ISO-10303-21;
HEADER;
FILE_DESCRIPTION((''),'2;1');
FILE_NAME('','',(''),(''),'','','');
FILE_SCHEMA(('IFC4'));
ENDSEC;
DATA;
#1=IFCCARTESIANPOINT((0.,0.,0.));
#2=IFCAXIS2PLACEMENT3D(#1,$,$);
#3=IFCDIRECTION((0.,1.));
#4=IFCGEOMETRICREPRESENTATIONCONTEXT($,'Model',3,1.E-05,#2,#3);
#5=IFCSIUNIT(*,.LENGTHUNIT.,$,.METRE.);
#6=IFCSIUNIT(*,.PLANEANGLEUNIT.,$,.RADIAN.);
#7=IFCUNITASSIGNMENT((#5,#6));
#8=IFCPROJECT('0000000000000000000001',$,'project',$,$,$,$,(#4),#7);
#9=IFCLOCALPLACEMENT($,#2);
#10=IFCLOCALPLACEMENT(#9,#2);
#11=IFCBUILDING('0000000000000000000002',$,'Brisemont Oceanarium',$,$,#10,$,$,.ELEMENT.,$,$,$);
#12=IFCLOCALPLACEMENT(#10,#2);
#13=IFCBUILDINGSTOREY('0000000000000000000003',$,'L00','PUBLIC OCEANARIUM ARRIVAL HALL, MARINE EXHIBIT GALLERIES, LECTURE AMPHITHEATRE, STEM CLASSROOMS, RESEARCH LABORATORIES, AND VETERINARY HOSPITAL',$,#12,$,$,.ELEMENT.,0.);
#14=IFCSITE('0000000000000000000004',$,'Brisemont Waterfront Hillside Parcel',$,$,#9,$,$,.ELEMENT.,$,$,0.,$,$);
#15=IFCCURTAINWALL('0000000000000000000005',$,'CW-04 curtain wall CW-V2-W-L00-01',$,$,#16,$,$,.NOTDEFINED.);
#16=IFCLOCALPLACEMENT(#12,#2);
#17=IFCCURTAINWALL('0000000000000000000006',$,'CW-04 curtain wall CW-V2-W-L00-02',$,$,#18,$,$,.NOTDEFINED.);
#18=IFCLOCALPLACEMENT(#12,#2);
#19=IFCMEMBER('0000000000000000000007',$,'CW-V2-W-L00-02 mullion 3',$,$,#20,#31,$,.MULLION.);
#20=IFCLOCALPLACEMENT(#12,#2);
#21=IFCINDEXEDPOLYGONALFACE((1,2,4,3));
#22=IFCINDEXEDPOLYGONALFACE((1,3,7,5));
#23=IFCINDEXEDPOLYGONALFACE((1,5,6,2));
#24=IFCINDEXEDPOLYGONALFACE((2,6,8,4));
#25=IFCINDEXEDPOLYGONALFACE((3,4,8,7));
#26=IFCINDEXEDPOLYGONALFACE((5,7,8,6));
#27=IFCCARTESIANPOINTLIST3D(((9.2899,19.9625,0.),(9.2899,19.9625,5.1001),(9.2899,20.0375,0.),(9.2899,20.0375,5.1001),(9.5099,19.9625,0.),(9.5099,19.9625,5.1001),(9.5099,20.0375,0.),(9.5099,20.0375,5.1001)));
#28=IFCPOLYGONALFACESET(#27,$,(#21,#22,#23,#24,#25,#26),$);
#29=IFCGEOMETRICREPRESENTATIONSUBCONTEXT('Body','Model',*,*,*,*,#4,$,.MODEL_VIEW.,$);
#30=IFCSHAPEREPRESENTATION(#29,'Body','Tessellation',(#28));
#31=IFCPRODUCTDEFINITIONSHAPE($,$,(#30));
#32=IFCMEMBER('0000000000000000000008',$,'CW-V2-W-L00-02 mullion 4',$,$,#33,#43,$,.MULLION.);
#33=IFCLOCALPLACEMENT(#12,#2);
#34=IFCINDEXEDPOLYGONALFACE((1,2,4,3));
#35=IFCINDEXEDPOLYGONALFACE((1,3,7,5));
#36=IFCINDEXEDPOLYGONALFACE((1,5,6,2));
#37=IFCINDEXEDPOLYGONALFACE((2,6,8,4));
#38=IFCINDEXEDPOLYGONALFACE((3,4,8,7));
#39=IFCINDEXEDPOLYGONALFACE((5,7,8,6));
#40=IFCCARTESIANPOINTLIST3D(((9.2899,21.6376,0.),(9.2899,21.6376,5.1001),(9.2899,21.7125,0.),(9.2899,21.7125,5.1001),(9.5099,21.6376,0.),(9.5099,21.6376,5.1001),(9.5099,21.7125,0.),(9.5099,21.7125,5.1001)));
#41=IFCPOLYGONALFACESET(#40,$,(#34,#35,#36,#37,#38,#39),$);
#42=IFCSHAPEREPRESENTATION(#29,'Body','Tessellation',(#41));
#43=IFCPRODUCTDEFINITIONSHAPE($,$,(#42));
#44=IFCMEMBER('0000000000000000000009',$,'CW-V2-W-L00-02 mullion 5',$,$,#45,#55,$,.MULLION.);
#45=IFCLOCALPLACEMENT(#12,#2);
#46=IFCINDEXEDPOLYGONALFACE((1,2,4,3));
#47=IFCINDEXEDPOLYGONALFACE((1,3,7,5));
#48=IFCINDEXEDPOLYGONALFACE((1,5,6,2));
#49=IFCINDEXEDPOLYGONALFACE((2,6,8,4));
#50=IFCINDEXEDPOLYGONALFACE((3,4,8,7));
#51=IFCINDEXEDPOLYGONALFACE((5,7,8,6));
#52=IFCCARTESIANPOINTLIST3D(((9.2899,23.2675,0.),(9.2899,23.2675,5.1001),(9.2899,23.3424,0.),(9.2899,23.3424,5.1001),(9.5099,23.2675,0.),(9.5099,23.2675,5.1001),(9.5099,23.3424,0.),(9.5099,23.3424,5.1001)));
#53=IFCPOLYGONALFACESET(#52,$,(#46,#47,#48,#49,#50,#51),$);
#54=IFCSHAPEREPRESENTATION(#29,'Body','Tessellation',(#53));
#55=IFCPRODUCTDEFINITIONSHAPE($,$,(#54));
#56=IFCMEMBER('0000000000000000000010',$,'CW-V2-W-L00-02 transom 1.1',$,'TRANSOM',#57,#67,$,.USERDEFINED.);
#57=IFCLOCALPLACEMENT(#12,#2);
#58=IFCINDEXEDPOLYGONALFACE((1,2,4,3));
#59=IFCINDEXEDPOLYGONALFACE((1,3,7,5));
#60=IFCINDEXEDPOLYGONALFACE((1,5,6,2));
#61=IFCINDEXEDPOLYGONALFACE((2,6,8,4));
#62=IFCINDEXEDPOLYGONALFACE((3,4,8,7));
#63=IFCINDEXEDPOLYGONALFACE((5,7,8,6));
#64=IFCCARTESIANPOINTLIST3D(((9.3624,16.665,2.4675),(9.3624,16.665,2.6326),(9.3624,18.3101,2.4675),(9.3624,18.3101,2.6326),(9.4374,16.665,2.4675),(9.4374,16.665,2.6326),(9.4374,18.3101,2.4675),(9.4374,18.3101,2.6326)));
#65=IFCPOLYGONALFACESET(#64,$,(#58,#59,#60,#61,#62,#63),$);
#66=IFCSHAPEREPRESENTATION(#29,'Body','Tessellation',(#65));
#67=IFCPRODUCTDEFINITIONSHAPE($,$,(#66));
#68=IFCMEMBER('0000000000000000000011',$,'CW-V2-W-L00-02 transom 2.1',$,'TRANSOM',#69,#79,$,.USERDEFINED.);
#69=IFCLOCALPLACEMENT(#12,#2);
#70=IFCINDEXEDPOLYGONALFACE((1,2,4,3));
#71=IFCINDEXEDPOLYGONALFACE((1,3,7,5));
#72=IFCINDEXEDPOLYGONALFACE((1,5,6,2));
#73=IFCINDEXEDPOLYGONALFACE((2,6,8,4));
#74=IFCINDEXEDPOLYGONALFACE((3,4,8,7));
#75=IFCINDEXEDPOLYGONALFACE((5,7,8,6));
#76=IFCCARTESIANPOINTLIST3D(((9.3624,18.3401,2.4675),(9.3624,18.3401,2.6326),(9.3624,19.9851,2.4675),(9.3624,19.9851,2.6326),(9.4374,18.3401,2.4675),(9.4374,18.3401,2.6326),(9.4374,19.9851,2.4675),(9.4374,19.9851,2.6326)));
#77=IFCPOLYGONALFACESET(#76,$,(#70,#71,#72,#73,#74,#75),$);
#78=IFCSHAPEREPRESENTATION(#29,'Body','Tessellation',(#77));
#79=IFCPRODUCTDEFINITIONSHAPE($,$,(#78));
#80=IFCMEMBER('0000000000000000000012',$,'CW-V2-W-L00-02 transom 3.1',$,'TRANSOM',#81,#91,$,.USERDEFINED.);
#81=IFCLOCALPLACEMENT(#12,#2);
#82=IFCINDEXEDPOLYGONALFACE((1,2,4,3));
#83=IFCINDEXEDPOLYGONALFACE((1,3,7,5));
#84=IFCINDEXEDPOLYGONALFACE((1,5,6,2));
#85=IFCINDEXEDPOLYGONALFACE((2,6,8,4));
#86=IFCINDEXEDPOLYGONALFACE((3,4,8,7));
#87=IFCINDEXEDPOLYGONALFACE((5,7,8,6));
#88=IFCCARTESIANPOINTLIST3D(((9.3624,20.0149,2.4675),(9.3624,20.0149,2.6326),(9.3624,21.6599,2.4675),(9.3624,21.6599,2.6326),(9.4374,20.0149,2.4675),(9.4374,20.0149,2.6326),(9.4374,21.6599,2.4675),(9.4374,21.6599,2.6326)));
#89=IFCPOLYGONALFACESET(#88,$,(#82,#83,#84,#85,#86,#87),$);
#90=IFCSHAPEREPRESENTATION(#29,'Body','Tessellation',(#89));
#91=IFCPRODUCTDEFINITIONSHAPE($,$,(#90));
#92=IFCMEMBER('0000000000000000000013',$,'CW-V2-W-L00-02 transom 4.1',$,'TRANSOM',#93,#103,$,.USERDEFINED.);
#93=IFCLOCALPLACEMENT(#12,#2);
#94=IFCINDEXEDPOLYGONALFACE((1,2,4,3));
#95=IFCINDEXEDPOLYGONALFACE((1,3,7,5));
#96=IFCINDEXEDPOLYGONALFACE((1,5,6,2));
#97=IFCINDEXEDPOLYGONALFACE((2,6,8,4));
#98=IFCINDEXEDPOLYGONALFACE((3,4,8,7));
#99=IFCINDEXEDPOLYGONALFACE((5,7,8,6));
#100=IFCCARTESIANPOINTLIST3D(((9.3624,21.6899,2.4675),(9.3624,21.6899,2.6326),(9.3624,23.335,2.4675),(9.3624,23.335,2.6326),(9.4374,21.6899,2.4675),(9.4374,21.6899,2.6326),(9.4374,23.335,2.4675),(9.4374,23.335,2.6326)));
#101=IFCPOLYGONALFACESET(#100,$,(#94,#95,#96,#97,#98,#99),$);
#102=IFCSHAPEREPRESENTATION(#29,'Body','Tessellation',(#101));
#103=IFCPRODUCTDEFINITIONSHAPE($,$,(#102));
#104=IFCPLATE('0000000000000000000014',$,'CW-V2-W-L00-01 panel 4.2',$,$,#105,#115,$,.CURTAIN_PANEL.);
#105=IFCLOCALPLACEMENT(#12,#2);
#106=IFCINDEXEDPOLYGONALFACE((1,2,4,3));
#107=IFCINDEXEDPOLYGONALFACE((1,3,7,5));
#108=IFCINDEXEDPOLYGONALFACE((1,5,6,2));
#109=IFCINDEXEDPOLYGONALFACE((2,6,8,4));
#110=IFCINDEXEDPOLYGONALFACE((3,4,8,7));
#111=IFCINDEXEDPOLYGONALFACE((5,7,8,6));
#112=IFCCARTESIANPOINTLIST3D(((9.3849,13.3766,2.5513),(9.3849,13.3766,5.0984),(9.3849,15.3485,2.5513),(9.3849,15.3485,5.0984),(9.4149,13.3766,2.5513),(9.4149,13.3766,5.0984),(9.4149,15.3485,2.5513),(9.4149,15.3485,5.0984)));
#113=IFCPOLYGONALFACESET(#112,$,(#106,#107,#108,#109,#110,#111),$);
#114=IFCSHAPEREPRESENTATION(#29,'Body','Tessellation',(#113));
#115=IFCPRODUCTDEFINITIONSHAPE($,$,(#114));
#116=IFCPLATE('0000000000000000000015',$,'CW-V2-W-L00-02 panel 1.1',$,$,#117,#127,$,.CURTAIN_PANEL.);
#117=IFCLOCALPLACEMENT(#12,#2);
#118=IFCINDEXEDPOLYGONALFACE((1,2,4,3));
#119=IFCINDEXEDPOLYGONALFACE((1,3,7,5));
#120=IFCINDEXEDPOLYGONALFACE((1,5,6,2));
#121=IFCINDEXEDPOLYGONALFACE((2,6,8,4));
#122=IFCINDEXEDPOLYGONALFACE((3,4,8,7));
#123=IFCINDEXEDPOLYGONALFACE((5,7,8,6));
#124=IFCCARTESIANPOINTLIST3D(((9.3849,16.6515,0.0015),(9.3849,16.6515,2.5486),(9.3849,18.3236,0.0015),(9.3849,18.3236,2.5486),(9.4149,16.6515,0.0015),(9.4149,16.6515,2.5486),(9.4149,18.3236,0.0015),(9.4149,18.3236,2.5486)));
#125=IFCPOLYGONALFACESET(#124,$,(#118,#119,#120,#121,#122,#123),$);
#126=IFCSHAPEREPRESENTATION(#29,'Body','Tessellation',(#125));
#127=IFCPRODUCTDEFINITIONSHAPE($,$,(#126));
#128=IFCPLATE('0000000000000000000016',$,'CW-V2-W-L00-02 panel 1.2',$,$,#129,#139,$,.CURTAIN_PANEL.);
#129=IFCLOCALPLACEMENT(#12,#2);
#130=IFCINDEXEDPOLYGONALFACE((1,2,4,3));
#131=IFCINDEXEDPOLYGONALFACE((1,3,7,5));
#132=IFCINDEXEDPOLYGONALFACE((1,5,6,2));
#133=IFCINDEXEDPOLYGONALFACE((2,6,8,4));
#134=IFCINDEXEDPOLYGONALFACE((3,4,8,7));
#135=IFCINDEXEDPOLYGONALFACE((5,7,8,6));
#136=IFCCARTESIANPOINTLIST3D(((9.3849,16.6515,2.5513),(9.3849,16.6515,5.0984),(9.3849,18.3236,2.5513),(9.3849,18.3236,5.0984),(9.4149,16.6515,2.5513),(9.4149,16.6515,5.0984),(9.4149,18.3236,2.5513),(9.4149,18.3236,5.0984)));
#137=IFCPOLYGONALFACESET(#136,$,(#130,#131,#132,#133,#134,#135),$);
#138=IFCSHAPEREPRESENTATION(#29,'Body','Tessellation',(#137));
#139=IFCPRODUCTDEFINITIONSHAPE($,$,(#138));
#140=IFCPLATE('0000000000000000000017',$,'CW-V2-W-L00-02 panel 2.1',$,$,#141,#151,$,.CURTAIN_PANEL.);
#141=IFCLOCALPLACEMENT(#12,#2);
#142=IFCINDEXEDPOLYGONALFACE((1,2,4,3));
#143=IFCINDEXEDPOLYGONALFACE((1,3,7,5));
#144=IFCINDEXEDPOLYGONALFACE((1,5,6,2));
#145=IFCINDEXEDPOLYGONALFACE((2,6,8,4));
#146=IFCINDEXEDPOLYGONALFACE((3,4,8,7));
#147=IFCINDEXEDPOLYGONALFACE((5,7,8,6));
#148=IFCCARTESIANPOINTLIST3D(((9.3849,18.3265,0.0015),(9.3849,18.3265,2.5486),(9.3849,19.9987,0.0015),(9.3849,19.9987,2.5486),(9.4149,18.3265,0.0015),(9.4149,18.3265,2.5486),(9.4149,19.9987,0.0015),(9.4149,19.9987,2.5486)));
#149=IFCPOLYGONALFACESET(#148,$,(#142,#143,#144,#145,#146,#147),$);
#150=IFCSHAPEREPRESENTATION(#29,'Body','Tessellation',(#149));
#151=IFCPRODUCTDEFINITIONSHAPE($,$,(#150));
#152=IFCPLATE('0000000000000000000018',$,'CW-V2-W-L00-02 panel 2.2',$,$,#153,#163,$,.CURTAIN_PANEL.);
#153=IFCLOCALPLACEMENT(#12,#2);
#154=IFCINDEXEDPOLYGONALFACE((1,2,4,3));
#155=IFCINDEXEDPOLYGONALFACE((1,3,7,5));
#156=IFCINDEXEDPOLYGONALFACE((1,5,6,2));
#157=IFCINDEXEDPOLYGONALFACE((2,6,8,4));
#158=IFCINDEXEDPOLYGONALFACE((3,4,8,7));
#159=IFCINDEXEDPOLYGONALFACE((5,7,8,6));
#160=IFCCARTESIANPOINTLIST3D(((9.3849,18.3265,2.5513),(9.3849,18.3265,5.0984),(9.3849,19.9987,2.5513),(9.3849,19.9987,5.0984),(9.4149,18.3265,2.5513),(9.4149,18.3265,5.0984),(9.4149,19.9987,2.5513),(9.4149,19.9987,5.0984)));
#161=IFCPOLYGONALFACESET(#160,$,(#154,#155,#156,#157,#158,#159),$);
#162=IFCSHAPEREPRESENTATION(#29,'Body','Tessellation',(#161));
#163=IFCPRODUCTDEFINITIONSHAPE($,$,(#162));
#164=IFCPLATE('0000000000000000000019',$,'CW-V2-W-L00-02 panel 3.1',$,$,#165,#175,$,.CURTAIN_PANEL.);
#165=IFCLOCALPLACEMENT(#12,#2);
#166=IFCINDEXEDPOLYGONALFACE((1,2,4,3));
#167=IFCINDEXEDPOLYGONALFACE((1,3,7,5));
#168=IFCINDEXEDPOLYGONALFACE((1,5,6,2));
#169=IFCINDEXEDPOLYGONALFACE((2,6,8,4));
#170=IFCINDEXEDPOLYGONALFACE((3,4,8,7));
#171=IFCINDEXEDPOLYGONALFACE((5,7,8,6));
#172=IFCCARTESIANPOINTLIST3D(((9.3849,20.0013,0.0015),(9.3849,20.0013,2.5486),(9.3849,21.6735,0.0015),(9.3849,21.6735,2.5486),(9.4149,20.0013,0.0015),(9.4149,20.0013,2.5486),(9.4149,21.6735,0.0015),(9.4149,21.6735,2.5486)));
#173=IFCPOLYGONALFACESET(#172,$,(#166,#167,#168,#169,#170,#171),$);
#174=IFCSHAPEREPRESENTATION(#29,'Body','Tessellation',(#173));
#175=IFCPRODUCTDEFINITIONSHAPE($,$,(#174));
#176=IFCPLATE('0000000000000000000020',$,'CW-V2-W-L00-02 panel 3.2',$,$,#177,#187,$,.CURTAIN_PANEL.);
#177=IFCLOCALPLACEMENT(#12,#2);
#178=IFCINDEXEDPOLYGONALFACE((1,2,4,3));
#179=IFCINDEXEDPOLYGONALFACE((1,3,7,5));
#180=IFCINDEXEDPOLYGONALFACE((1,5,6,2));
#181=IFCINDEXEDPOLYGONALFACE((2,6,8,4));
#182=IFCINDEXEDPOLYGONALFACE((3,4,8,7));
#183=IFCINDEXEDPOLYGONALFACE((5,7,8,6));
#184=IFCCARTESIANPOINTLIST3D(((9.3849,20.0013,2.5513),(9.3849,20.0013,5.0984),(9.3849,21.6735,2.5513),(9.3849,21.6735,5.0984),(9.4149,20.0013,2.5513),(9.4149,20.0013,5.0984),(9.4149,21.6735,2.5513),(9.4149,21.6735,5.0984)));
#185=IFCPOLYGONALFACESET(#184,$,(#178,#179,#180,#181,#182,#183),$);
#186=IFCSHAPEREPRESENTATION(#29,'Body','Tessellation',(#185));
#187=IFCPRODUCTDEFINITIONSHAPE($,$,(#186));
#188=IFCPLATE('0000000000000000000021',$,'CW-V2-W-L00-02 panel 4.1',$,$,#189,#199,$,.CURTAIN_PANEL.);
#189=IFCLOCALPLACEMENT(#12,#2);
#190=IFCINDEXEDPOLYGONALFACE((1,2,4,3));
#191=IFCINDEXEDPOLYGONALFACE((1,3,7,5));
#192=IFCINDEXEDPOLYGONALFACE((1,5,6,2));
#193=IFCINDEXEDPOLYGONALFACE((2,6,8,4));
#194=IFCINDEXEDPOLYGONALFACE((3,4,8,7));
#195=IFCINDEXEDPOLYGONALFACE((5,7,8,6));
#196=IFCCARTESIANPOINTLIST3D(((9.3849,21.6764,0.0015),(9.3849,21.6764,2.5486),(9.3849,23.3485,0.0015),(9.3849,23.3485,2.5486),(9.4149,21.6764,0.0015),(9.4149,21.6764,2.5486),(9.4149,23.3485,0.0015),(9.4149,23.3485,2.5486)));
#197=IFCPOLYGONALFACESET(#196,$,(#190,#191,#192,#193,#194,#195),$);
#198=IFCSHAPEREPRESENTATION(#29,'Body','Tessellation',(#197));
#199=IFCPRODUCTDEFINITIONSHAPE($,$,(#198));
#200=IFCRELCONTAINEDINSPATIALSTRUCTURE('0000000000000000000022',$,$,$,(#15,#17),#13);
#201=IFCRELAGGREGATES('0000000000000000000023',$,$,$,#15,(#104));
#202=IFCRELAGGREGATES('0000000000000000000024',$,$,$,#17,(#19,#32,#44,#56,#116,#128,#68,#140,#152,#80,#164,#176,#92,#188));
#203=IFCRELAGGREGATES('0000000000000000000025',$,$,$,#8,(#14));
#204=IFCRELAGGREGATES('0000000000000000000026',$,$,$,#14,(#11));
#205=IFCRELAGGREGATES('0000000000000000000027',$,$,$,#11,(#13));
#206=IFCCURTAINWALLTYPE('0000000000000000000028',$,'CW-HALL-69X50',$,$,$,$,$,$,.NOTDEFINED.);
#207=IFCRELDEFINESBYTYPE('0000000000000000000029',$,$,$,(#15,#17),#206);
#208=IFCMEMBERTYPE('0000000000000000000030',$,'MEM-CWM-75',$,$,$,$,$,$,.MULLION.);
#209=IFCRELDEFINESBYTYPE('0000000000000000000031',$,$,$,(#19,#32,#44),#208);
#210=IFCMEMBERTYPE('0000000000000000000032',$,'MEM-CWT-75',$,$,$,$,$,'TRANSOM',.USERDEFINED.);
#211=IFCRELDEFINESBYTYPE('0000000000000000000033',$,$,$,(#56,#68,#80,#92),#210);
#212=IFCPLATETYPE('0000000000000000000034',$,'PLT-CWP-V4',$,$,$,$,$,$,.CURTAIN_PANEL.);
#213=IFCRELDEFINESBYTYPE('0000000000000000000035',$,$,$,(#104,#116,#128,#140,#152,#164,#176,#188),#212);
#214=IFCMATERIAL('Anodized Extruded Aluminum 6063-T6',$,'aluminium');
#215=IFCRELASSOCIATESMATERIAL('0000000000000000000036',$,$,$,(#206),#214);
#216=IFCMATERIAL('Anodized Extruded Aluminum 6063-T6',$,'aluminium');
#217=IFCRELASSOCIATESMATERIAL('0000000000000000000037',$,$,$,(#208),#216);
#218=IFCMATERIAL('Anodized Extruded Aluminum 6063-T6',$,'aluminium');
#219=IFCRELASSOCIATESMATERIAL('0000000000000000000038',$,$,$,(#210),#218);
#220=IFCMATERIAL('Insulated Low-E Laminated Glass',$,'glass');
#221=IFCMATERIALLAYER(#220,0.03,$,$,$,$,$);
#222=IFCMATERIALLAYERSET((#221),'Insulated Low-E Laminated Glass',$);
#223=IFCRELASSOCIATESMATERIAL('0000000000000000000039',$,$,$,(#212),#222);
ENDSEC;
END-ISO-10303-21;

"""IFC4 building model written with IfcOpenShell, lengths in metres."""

from ifc_helpers import new_model, si_unit, direction, frame, origin, origin_2d, place, context, subcontext, project, spatial, rectangle, extrude, material, layer, layer_set, material_profile, profile_set, type_object, element, aggregate, save


model = new_model("IFC4")

# Units and contexts
model_context = context("Model", 3, precision=1e-05, world=origin(), true_north=direction((0.0, 1.0)))
body_context = subcontext(model_context, "Body", "Model", "MODEL_VIEW")
ifc_project = project(units=[si_unit("LENGTHUNIT", "METRE"), si_unit("PLANEANGLEUNIT", "RADIAN")], contexts=[model_context])

# Site, building, storey
site_placement = place(None, origin())
site = spatial("IfcSite", under=ifc_project, at=site_placement, Name="Brisemont Waterfront Hillside Parcel", CompositionType="ELEMENT", RefElevation=0.0)
building_placement = place(site_placement, origin())
building = spatial("IfcBuilding", under=site, at=building_placement, Name="Brisemont Oceanarium", CompositionType="ELEMENT")
storey_placement = place(building_placement, origin())
storey = spatial("IfcBuildingStorey", under=building, at=storey_placement, Name="L00", Description="PUBLIC OCEANARIUM ARRIVAL HALL, MARINE EXHIBIT GALLERIES, LECTURE AMPHITHEATRE, STEM CLASSROOMS, RESEARCH LABORATORIES, AND VETERINARY HOSPITAL", CompositionType="ELEMENT", Elevation=0.0)

# Curtain wall
ifc_material_1 = material(Name="Anodized Extruded Aluminum 6063-T6", Category="aluminium")
curtain_wall_type = type_object("IfcCurtainWallType", Name="CW-HALL-69X50", PredefinedType="NOTDEFINED", material=ifc_material_1)
curtain_wall_1_placement = place(storey_placement, origin())
curtain_wall_1 = element("IfcCurtainWall", 1, at=curtain_wall_1_placement, inside=storey, type_object=curtain_wall_type, Name="CW-04 curtain wall CW-V2-W-L00-01", PredefinedType="NOTDEFINED")
ifc_material_2 = material(Name="Anodized Extruded Aluminum 6063-T6", Category="aluminium")
ifc_material_profile_1 = material_profile(ifc_material_2, rectangle(XDim=0.075, YDim=0.22, at=origin_2d()), Name="CWM-75X220")
ifc_profile_set_1 = profile_set([ifc_material_profile_1], Name="Anodized Extruded Aluminum 6063-T6")
member_type_1 = type_object("IfcMemberType", Name="MEM-CWM-75", PredefinedType="MULLION", material=ifc_profile_set_1)

# Curtain wall, members
curtain_wall_2_placement = place(storey_placement, origin())
curtain_wall_2 = element("IfcCurtainWall", 2, at=curtain_wall_2_placement, inside=storey, type_object=curtain_wall_type, Name="CW-04 curtain wall CW-V2-W-L00-02", PredefinedType="NOTDEFINED")
member_1_placement = place(storey_placement, frame((9.3999, 20.0, 0.0), z_axis=(0.0, 0.0, 1.0), x_axis=(0.0, 1.0, 0.0)))
member_1 = element("IfcMember", 3, at=member_1_placement, type_object=member_type_1, Name="CW-V2-W-L00-02 mullion 3", PredefinedType="MULLION", context=body_context, shape_type="SweptSolid", body=[
    extrude(rectangle(XDim=0.075, YDim=0.22, at=origin_2d()), origin(), (0.0, 0.0, 1.0), 5.1001),
])
member_2_placement = place(storey_placement, frame((9.3999, 21.675, 0.0), z_axis=(0.0, 0.0, 1.0), x_axis=(0.0, 1.0, 0.0)))
member_2 = element("IfcMember", 4, at=member_2_placement, type_object=member_type_1, Name="CW-V2-W-L00-02 mullion 4", PredefinedType="MULLION", context=body_context, shape_type="SweptSolid", body=[
    extrude(rectangle(XDim=0.075, YDim=0.22, at=origin_2d()), origin(), (0.0, 0.0, 1.0), 5.1001),
])
member_3_placement = place(storey_placement, frame((9.3999, 23.3049, 0.0), z_axis=(0.0, 0.0, 1.0), x_axis=(0.0, 1.0, 0.0)))
member_3 = element("IfcMember", 5, at=member_3_placement, type_object=member_type_1, Name="CW-V2-W-L00-02 mullion 5", PredefinedType="MULLION", context=body_context, shape_type="SweptSolid", body=[
    extrude(rectangle(XDim=0.075, YDim=0.22, at=origin_2d()), origin(), (0.0, 0.0, 1.0), 5.1001),
])
ifc_material_3 = material(Name="Anodized Extruded Aluminum 6063-T6", Category="aluminium")
ifc_material_profile_2 = material_profile(ifc_material_3, rectangle(XDim=0.075, YDim=0.165, at=origin_2d()), Name="CWT-75X165")
ifc_profile_set_2 = profile_set([ifc_material_profile_2], Name="Anodized Extruded Aluminum 6063-T6")
member_type_2 = type_object("IfcMemberType", Name="MEM-CWT-75", ElementType="TRANSOM", PredefinedType="USERDEFINED", material=ifc_profile_set_2)
member_4_placement = place(storey_placement, frame((9.3999, 16.665, 2.55), z_axis=(0.0, 1.0, 0.0), x_axis=(-1.0, 0.0, 0.0)))
member_4 = element("IfcMember", 6, at=member_4_placement, type_object=member_type_2, Name="CW-V2-W-L00-02 transom 1.1", ObjectType="TRANSOM", PredefinedType="USERDEFINED", context=body_context, shape_type="SweptSolid", body=[
    extrude(rectangle(XDim=0.075, YDim=0.165, at=origin_2d()), origin(), (0.0, 0.0, 1.0), 1.645),
])
member_5_placement = place(storey_placement, frame((9.3999, 18.3401, 2.55), z_axis=(0.0, 1.0, 0.0), x_axis=(-1.0, 0.0, 0.0)))
member_5 = element("IfcMember", 7, at=member_5_placement, type_object=member_type_2, Name="CW-V2-W-L00-02 transom 2.1", ObjectType="TRANSOM", PredefinedType="USERDEFINED", context=body_context, shape_type="SweptSolid", body=[
    extrude(rectangle(XDim=0.075, YDim=0.165, at=origin_2d()), origin(), (0.0, 0.0, 1.0), 1.645),
])
member_6_placement = place(storey_placement, frame((9.3999, 20.0149, 2.55), z_axis=(0.0, 1.0, 0.0), x_axis=(-1.0, 0.0, 0.0)))
member_6 = element("IfcMember", 8, at=member_6_placement, type_object=member_type_2, Name="CW-V2-W-L00-02 transom 3.1", ObjectType="TRANSOM", PredefinedType="USERDEFINED", context=body_context, shape_type="SweptSolid", body=[
    extrude(rectangle(XDim=0.075, YDim=0.165, at=origin_2d()), origin(), (0.0, 0.0, 1.0), 1.645),
])
member_7_placement = place(storey_placement, frame((9.3999, 21.6899, 2.55), z_axis=(0.0, 1.0, 0.0), x_axis=(-1.0, 0.0, 0.0)))
member_7 = element("IfcMember", 9, at=member_7_placement, type_object=member_type_2, Name="CW-V2-W-L00-02 transom 4.1", ObjectType="TRANSOM", PredefinedType="USERDEFINED", context=body_context, shape_type="SweptSolid", body=[
    extrude(rectangle(XDim=0.075, YDim=0.165, at=origin_2d()), origin(), (0.0, 0.0, 1.0), 1.645),
])

# Plates
ifc_material_4 = material(Name="Insulated Low-E Laminated Glass", Category="glass")
ifc_layer_1 = layer(ifc_material_4, 0.03)
ifc_layer_set_1 = layer_set([ifc_layer_1], Name="Insulated Low-E Laminated Glass")
plate_type = type_object("IfcPlateType", Name="PLT-CWP-V4", PredefinedType="CURTAIN_PANEL", material=ifc_layer_set_1)
plate_1_placement = place(storey_placement, frame((9.3999, 14.3625, 2.5513), z_axis=(0.0, 0.0, 1.0), x_axis=(0.0, 1.0, 0.0)))
plate_1 = element("IfcPlate", 10, at=plate_1_placement, type_object=plate_type, Name="CW-V2-W-L00-01 panel 4.2", PredefinedType="CURTAIN_PANEL", context=body_context, shape_type="SweptSolid", body=[
    extrude(rectangle(XDim=1.9719, YDim=0.03, at=origin_2d()), origin(), (0.0, 0.0, 1.0), 2.5471),
])
aggregate(curtain_wall_1, [plate_1])
plate_2_placement = place(storey_placement, frame((9.3999, 17.4875, 0.0015), z_axis=(0.0, 0.0, 1.0), x_axis=(0.0, 1.0, 0.0)))
plate_2 = element("IfcPlate", 11, at=plate_2_placement, type_object=plate_type, Name="CW-V2-W-L00-02 panel 1.1", PredefinedType="CURTAIN_PANEL", context=body_context, shape_type="SweptSolid", body=[
    extrude(rectangle(XDim=1.6721, YDim=0.03, at=origin_2d()), origin(), (0.0, 0.0, 1.0), 2.5471),
])
plate_3_placement = place(storey_placement, frame((9.3999, 17.4875, 2.5513), z_axis=(0.0, 0.0, 1.0), x_axis=(0.0, 1.0, 0.0)))
plate_3 = element("IfcPlate", 12, at=plate_3_placement, type_object=plate_type, Name="CW-V2-W-L00-02 panel 1.2", PredefinedType="CURTAIN_PANEL", context=body_context, shape_type="SweptSolid", body=[
    extrude(rectangle(XDim=1.6721, YDim=0.03, at=origin_2d()), origin(), (0.0, 0.0, 1.0), 2.5471),
])
plate_4_placement = place(storey_placement, frame((9.3999, 19.1626, 0.0015), z_axis=(0.0, 0.0, 1.0), x_axis=(0.0, 1.0, 0.0)))
plate_4 = element("IfcPlate", 13, at=plate_4_placement, type_object=plate_type, Name="CW-V2-W-L00-02 panel 2.1", PredefinedType="CURTAIN_PANEL", context=body_context, shape_type="SweptSolid", body=[
    extrude(rectangle(XDim=1.6721, YDim=0.03, at=origin_2d()), origin(), (0.0, 0.0, 1.0), 2.5471),
])
plate_5_placement = place(storey_placement, frame((9.3999, 19.1626, 2.5513), z_axis=(0.0, 0.0, 1.0), x_axis=(0.0, 1.0, 0.0)))
plate_5 = element("IfcPlate", 14, at=plate_5_placement, type_object=plate_type, Name="CW-V2-W-L00-02 panel 2.2", PredefinedType="CURTAIN_PANEL", context=body_context, shape_type="SweptSolid", body=[
    extrude(rectangle(XDim=1.6721, YDim=0.03, at=origin_2d()), origin(), (0.0, 0.0, 1.0), 2.5471),
])
plate_6_placement = place(storey_placement, frame((9.3999, 20.8374, 0.0015), z_axis=(0.0, 0.0, 1.0), x_axis=(0.0, 1.0, 0.0)))
plate_6 = element("IfcPlate", 15, at=plate_6_placement, type_object=plate_type, Name="CW-V2-W-L00-02 panel 3.1", PredefinedType="CURTAIN_PANEL", context=body_context, shape_type="SweptSolid", body=[
    extrude(rectangle(XDim=1.6721, YDim=0.03, at=origin_2d()), origin(), (0.0, 0.0, 1.0), 2.5471),
])
plate_7_placement = place(storey_placement, frame((9.3999, 20.8374, 2.5513), z_axis=(0.0, 0.0, 1.0), x_axis=(0.0, 1.0, 0.0)))
plate_7 = element("IfcPlate", 16, at=plate_7_placement, type_object=plate_type, Name="CW-V2-W-L00-02 panel 3.2", PredefinedType="CURTAIN_PANEL", context=body_context, shape_type="SweptSolid", body=[
    extrude(rectangle(XDim=1.6721, YDim=0.03, at=origin_2d()), origin(), (0.0, 0.0, 1.0), 2.5471),
])
plate_8_placement = place(storey_placement, frame((9.3999, 22.5125, 0.0015), z_axis=(0.0, 0.0, 1.0), x_axis=(0.0, 1.0, 0.0)))
plate_8 = element("IfcPlate", 17, at=plate_8_placement, type_object=plate_type, Name="CW-V2-W-L00-02 panel 4.1", PredefinedType="CURTAIN_PANEL", context=body_context, shape_type="SweptSolid", body=[
    extrude(rectangle(XDim=1.6721, YDim=0.03, at=origin_2d()), origin(), (0.0, 0.0, 1.0), 2.5471),
])
aggregate(curtain_wall_2, [member_1, member_2, member_3, member_4, plate_2, plate_3, member_5, plate_4, plate_5, member_6, plate_6, plate_7, member_7, plate_8])

save(model, "model.ifc")
